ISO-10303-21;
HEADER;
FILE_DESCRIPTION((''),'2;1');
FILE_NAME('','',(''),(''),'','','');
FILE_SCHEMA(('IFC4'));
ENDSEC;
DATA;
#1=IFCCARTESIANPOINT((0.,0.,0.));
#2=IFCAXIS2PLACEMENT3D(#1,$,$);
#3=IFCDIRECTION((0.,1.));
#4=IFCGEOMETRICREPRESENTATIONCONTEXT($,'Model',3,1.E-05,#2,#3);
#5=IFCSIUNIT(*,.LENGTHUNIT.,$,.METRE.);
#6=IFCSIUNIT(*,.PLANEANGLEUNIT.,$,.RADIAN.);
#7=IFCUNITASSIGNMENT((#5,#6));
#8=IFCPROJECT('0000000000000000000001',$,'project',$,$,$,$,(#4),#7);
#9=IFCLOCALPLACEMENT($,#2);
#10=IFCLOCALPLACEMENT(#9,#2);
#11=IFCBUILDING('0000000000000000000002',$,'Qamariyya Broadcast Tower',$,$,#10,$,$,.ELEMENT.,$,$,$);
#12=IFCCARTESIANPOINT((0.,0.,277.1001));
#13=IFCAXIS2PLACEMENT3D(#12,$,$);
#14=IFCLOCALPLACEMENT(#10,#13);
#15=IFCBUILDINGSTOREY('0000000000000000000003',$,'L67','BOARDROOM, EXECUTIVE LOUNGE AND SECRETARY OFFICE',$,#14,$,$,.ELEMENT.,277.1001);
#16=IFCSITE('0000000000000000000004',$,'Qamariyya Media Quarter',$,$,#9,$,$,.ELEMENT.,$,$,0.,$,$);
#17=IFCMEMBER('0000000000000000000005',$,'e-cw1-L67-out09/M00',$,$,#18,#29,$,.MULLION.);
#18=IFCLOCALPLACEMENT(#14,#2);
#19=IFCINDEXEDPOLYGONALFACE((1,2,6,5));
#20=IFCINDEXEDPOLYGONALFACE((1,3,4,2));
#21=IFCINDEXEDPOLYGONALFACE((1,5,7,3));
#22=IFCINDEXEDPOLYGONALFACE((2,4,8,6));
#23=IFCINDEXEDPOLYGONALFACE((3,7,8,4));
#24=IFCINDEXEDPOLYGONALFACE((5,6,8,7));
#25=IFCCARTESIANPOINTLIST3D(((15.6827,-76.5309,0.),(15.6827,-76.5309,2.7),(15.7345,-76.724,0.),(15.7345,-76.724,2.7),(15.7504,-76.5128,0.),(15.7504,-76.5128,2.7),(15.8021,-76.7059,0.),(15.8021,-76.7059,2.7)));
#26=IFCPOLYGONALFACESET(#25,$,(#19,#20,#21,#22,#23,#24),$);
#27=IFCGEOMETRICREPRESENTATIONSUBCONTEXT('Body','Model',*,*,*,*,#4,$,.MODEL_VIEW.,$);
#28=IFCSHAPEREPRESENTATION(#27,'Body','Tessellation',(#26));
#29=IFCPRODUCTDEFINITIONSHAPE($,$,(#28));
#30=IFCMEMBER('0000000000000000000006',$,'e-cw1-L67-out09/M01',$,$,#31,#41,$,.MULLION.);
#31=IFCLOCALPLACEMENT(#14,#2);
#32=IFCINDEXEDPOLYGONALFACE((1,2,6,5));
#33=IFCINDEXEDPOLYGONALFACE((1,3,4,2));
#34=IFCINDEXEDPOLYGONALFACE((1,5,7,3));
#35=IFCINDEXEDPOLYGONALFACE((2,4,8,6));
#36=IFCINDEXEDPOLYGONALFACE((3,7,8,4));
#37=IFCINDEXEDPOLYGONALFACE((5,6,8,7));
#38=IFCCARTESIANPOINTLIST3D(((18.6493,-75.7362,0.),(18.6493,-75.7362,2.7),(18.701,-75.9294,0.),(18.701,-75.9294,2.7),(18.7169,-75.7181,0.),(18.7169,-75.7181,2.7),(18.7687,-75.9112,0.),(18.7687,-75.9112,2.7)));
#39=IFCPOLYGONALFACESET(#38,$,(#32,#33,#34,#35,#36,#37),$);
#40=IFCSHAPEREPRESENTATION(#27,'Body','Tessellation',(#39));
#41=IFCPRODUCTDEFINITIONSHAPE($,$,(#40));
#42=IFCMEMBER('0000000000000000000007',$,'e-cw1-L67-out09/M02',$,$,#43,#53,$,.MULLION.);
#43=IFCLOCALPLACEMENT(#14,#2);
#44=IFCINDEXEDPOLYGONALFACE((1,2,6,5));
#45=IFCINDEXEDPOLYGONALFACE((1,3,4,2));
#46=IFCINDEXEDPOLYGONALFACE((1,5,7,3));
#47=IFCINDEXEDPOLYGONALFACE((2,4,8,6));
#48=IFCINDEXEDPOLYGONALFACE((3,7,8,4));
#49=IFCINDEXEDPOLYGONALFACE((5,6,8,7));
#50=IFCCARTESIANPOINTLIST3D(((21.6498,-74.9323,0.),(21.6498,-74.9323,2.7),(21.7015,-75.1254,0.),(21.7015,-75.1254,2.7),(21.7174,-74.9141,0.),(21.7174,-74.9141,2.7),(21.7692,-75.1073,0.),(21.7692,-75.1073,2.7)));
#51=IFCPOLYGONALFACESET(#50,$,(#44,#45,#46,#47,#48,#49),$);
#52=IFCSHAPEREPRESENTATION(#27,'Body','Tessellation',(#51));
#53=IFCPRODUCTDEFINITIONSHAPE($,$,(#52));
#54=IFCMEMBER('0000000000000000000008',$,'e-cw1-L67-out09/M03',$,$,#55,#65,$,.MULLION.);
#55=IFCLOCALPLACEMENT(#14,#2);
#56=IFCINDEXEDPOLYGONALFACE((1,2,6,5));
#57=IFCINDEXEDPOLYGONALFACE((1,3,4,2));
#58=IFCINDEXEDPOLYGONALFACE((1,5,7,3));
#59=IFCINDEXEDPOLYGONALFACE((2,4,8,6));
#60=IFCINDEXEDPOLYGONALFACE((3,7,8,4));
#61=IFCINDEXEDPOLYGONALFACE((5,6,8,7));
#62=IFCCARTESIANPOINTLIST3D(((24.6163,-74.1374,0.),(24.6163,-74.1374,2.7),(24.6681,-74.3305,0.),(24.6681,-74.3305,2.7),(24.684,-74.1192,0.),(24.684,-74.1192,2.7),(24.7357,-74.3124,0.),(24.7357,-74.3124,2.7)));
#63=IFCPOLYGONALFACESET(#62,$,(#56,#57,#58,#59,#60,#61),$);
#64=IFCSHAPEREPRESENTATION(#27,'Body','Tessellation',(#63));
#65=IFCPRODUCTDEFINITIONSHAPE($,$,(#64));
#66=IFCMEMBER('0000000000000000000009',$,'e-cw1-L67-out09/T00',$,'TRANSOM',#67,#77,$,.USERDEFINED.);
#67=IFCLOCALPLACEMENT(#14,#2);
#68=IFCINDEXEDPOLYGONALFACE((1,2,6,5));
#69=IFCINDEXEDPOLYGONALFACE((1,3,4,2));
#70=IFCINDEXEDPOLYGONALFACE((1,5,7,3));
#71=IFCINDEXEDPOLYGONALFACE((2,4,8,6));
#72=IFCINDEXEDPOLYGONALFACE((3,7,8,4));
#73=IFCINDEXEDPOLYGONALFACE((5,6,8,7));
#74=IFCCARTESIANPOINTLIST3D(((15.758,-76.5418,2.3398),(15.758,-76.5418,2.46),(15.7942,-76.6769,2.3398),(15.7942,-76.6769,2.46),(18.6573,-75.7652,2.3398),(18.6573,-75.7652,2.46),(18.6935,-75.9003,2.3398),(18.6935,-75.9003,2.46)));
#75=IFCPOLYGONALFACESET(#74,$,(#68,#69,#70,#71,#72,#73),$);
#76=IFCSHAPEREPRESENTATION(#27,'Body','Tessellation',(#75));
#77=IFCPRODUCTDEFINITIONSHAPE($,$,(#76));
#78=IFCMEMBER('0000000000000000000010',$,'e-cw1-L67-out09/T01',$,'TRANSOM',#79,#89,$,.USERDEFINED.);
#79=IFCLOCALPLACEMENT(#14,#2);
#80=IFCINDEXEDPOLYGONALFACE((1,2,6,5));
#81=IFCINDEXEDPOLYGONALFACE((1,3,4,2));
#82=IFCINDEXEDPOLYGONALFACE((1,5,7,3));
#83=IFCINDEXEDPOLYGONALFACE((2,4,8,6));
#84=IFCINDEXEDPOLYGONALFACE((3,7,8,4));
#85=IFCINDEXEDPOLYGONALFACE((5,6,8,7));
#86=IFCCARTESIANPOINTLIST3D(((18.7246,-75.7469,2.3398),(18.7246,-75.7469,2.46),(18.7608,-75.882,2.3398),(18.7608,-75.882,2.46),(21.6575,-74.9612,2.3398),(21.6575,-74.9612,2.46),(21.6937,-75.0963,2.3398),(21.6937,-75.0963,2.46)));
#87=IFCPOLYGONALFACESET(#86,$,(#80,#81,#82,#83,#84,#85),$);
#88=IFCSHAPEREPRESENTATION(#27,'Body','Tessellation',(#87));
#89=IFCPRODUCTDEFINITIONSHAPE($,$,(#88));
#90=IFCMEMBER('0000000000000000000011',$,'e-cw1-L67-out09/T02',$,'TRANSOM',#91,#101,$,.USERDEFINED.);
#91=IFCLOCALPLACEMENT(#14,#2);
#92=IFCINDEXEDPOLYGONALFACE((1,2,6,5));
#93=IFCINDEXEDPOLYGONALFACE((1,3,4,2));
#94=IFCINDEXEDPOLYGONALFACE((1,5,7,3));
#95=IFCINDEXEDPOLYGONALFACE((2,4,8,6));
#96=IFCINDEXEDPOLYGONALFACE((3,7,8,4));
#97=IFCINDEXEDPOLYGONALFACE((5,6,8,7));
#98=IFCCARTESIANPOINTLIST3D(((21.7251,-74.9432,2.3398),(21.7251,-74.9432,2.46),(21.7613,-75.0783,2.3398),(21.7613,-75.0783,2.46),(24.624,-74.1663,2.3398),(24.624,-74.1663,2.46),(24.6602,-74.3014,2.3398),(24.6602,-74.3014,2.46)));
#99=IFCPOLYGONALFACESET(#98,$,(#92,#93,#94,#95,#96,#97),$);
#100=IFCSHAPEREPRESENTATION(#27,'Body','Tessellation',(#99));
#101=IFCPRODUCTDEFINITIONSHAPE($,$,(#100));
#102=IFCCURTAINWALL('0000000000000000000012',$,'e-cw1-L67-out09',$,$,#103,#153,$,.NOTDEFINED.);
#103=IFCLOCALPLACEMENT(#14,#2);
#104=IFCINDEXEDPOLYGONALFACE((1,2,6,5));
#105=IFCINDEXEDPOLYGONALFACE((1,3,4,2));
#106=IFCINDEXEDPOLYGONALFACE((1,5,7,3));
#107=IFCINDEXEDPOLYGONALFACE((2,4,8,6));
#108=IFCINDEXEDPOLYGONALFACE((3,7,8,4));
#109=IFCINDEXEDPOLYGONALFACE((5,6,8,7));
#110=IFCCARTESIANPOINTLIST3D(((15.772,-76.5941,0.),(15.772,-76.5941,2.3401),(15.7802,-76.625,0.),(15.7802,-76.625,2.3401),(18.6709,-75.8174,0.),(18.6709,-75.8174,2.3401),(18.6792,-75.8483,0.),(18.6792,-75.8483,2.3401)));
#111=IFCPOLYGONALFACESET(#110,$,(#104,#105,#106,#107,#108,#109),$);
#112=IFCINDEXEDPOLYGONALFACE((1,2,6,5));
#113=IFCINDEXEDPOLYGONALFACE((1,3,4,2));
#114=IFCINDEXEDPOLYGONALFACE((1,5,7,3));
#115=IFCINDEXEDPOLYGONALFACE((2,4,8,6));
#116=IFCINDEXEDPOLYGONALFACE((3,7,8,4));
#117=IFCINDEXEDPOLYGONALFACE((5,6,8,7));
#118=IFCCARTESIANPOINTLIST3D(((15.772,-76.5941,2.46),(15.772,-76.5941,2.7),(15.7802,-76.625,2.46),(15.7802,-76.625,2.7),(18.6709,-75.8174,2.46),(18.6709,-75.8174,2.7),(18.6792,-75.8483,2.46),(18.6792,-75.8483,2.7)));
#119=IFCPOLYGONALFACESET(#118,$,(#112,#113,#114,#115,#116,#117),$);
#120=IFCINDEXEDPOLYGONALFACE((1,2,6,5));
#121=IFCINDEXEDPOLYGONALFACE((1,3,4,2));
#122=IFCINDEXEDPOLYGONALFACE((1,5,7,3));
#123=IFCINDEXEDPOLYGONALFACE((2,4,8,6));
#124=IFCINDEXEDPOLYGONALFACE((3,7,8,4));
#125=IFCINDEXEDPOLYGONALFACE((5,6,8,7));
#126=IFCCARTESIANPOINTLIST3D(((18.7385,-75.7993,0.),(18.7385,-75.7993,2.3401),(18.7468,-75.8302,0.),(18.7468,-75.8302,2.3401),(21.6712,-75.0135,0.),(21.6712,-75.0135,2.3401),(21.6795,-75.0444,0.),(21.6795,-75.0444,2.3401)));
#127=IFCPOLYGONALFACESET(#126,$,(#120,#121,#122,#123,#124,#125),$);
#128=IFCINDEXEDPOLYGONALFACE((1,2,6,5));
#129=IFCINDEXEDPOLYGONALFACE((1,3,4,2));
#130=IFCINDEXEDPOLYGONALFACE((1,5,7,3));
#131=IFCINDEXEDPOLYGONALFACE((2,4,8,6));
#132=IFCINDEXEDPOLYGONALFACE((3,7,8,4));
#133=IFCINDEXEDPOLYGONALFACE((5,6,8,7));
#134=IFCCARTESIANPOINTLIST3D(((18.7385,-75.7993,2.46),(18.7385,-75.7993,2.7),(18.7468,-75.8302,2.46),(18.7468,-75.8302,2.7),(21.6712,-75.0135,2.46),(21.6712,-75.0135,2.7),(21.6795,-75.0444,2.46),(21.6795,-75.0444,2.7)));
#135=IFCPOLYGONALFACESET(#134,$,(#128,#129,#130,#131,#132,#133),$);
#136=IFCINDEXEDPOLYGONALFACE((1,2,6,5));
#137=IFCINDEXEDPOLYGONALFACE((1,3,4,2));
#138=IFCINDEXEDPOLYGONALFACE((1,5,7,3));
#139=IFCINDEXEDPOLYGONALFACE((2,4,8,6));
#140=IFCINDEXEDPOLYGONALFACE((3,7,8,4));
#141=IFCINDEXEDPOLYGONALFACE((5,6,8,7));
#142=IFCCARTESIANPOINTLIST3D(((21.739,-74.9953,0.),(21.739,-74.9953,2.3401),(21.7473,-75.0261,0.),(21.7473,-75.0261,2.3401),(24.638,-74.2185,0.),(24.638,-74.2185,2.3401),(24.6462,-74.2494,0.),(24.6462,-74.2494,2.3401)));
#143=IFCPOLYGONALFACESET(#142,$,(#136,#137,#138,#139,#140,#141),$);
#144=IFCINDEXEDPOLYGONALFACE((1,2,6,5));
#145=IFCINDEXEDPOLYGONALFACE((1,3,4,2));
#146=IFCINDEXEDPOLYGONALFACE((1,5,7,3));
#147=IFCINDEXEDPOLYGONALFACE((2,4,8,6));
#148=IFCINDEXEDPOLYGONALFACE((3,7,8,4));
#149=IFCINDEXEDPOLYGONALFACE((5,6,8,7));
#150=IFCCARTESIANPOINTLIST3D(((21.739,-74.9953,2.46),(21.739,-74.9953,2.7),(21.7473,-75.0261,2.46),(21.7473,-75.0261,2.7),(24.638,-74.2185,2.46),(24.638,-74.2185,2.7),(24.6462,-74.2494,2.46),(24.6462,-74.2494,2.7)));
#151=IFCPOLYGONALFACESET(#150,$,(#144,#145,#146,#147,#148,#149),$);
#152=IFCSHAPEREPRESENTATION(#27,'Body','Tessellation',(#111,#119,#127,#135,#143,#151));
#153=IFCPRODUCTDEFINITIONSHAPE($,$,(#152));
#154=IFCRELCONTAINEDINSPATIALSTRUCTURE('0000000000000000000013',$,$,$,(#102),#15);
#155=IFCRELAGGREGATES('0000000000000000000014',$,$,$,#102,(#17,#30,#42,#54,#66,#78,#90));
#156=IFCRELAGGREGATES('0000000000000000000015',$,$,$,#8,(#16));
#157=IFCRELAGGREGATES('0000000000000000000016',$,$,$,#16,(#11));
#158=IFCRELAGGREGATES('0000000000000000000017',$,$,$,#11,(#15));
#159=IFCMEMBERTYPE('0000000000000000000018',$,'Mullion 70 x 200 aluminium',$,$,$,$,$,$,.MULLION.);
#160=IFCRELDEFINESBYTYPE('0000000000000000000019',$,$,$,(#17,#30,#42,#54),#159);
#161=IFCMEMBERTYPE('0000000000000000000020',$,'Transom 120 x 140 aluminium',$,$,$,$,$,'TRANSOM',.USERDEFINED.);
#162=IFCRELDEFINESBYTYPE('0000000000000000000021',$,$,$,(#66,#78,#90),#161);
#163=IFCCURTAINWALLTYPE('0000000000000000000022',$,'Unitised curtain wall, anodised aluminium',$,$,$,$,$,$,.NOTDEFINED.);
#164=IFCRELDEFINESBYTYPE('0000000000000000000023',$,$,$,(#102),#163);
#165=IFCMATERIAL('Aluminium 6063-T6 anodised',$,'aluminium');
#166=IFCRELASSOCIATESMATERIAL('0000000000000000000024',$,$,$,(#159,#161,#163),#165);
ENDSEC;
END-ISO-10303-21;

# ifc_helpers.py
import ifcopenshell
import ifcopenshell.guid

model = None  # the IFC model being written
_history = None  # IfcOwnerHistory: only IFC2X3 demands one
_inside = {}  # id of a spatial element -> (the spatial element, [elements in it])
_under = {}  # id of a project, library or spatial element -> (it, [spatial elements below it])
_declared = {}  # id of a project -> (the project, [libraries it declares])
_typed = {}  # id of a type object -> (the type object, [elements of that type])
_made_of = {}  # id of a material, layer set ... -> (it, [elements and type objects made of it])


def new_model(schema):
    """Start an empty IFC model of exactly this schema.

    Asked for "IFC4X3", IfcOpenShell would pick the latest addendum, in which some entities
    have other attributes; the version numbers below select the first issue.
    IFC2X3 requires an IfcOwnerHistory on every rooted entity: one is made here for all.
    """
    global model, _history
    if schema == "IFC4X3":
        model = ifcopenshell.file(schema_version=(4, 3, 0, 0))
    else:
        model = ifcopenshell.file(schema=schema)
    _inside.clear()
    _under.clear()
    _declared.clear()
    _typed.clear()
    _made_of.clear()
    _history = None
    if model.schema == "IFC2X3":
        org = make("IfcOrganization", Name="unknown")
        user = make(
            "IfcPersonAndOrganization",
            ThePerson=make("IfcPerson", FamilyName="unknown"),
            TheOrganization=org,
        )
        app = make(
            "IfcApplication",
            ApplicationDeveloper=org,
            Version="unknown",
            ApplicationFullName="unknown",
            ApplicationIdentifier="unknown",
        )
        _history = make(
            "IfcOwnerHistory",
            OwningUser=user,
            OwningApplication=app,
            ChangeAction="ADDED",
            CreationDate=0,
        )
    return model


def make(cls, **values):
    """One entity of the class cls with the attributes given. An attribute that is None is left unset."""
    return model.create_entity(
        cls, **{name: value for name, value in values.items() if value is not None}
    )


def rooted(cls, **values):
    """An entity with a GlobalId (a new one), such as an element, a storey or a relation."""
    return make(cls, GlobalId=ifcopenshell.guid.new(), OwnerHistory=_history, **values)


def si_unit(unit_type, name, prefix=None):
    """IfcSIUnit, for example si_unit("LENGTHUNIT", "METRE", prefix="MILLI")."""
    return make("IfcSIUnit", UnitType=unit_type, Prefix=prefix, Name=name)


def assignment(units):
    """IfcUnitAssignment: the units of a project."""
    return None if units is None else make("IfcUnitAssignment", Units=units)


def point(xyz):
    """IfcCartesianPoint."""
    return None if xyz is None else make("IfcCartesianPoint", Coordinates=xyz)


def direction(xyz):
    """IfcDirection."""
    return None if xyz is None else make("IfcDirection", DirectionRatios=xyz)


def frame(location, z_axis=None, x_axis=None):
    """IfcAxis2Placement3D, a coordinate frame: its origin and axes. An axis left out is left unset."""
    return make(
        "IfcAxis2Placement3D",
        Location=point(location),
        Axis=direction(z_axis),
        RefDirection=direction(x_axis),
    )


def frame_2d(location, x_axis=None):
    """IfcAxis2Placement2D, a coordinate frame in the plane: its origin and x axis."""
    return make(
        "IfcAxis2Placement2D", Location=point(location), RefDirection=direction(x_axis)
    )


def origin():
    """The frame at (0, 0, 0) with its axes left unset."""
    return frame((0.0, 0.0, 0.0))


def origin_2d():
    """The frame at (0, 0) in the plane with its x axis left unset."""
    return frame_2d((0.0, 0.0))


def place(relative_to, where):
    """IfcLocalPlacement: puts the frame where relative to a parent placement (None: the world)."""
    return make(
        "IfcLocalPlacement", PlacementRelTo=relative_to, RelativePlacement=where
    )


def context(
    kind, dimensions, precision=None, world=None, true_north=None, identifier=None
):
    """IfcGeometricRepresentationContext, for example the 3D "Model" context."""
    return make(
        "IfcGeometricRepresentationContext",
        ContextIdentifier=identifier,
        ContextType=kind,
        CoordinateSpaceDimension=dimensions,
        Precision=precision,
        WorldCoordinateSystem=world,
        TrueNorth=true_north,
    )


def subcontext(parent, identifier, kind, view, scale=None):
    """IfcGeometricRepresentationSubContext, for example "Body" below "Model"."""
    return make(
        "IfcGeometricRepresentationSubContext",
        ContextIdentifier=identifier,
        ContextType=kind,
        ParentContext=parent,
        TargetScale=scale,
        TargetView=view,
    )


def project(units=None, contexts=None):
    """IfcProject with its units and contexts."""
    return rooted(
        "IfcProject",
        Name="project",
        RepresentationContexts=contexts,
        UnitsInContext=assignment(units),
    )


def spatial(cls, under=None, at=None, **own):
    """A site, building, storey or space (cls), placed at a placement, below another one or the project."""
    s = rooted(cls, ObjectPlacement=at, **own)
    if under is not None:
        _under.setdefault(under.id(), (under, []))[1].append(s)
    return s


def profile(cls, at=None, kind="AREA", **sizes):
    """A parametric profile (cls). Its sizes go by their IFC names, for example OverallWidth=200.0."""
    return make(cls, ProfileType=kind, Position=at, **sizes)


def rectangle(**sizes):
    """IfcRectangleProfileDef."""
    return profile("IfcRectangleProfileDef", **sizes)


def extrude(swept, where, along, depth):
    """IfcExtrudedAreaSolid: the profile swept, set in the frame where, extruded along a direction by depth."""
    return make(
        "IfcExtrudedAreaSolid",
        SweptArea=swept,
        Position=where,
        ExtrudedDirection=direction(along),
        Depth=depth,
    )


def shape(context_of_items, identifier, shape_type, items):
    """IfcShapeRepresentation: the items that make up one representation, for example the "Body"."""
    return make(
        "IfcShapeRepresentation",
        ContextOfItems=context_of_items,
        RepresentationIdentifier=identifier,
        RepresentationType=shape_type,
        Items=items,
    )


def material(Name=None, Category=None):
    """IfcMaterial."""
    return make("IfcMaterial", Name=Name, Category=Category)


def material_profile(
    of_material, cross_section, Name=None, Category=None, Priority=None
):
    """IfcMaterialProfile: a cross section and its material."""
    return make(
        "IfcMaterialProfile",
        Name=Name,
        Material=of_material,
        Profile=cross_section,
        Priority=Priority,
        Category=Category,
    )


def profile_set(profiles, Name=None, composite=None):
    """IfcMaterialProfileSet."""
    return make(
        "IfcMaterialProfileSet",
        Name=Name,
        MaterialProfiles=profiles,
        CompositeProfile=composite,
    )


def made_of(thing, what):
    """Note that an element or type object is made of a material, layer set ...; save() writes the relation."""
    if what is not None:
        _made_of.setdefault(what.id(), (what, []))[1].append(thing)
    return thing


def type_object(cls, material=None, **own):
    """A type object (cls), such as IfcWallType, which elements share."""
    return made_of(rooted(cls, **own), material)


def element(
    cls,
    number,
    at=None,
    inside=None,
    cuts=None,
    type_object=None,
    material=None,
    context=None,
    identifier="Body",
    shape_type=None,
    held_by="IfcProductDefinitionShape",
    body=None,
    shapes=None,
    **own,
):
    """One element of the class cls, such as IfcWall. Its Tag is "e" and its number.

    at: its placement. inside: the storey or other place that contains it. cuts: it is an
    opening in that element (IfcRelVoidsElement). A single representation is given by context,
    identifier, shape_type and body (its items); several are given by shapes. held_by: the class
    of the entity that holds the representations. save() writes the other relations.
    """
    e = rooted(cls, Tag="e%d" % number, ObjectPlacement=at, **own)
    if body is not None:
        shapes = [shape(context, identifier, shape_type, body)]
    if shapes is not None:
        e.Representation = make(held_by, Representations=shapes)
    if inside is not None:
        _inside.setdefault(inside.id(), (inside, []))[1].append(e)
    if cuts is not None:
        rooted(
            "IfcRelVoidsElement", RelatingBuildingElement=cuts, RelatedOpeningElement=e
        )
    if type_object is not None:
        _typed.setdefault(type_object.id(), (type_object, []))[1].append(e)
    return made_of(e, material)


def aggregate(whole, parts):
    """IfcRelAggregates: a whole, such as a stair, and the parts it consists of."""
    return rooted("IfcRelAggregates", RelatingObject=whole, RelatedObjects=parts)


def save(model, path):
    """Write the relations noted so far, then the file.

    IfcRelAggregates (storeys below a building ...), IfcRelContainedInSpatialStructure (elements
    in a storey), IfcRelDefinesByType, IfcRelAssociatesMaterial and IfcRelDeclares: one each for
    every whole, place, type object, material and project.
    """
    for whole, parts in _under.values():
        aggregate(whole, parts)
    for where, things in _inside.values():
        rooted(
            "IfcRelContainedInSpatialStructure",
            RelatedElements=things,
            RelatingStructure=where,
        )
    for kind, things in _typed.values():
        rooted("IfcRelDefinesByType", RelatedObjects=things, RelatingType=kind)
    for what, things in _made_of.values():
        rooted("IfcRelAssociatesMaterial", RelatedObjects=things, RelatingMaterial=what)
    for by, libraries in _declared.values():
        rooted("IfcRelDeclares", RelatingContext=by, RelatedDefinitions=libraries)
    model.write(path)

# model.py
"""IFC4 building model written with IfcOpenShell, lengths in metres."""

from ifc_helpers import new_model, si_unit, direction, frame, origin, origin_2d, place, context, subcontext, project, spatial, rectangle, extrude, material, material_profile, profile_set, type_object, element, aggregate, save


model = new_model("IFC4")

# Units and contexts
model_context = context("Model", 3, precision=1e-05, world=origin(), true_north=direction((0.0, 1.0)))
body_context = subcontext(model_context, "Body", "Model", "MODEL_VIEW")
ifc_project = project(units=[si_unit("LENGTHUNIT", "METRE"), si_unit("PLANEANGLEUNIT", "RADIAN")], contexts=[model_context])

# Members
ifc_material = material(Name="Aluminium 6063-T6 anodised", Category="aluminium")
ifc_material_profile_1 = material_profile(ifc_material, rectangle(XDim=0.2, YDim=0.0701, at=origin_2d()))
ifc_profile_set_1 = profile_set([ifc_material_profile_1], Name="Aluminium 6063-T6 anodised")
member_type_1 = type_object("IfcMemberType", Name="Mullion 70 x 200 aluminium", PredefinedType="MULLION", material=ifc_profile_set_1)
site_placement = place(None, origin())
building_placement = place(site_placement, origin())
storey_placement = place(building_placement, frame((0.0, 0.0, 277.1001)))
member_1_placement = place(storey_placement, frame((15.7424, -76.6184, 0.0), z_axis=(0.0, 0.0, 1.0), x_axis=(-0.258819, 0.965926, 0.0)))
member_1 = element("IfcMember", 1, at=member_1_placement, type_object=member_type_1, Name="e-cw1-L67-out09/M00", PredefinedType="MULLION", context=body_context, shape_type="SweptSolid", body=[
    extrude(rectangle(XDim=0.2, YDim=0.0701, at=origin_2d()), origin(), (0.0, 0.0, 1.0), 2.7),
])
member_2_placement = place(storey_placement, frame((18.709, -75.8237, 0.0), z_axis=(0.0, 0.0, 1.0), x_axis=(-0.258819, 0.965926, 0.0)))
member_2 = element("IfcMember", 2, at=member_2_placement, type_object=member_type_1, Name="e-cw1-L67-out09/M01", PredefinedType="MULLION", context=body_context, shape_type="SweptSolid", body=[
    extrude(rectangle(XDim=0.2, YDim=0.0701, at=origin_2d()), origin(), (0.0, 0.0, 1.0), 2.7),
])
member_3_placement = place(storey_placement, frame((21.7095, -75.0198, 0.0), z_axis=(0.0, 0.0, 1.0), x_axis=(-0.258819, 0.965926, 0.0)))
member_3 = element("IfcMember", 3, at=member_3_placement, type_object=member_type_1, Name="e-cw1-L67-out09/M02", PredefinedType="MULLION", context=body_context, shape_type="SweptSolid", body=[
    extrude(rectangle(XDim=0.2, YDim=0.0701, at=origin_2d()), origin(), (0.0, 0.0, 1.0), 2.7),
])
member_4_placement = place(storey_placement, frame((24.676, -74.2249, 0.0), z_axis=(0.0, 0.0, 1.0), x_axis=(-0.258819, 0.965926, 0.0)))
member_4 = element("IfcMember", 4, at=member_4_placement, type_object=member_type_1, Name="e-cw1-L67-out09/M03", PredefinedType="MULLION", context=body_context, shape_type="SweptSolid", body=[
    extrude(rectangle(XDim=0.2, YDim=0.0701, at=origin_2d()), origin(), (0.0, 0.0, 1.0), 2.7),
])
ifc_material_profile_2 = material_profile(ifc_material, rectangle(XDim=0.1399, YDim=0.1201, at=origin_2d()))
ifc_profile_set_2 = profile_set([ifc_material_profile_2], Name="Aluminium 6063-T6 anodised")
member_type_2 = type_object("IfcMemberType", Name="Transom 120 x 140 aluminium", ElementType="TRANSOM", PredefinedType="USERDEFINED", material=ifc_profile_set_2)
member_5_placement = place(storey_placement, frame((15.7761, -76.6094, 2.3999), z_axis=(0.965944, 0.258751, 0.0), x_axis=(-0.258751, 0.965944, 0.0)))
member_5 = element("IfcMember", 5, at=member_5_placement, type_object=member_type_2, Name="e-cw1-L67-out09/T00", ObjectType="TRANSOM", PredefinedType="USERDEFINED", context=body_context, shape_type="SweptSolid", body=[
    extrude(rectangle(XDim=0.1399, YDim=0.1201, at=origin_2d()), origin(), (0.0, 0.0, 1.0), 3.0015),
])
member_6_placement = place(storey_placement, frame((18.7427, -75.8145, 2.3999), z_axis=(0.965943, 0.258754, 0.0), x_axis=(-0.258754, 0.965943, 0.0)))
member_6 = element("IfcMember", 6, at=member_6_placement, type_object=member_type_2, Name="e-cw1-L67-out09/T01", ObjectType="TRANSOM", PredefinedType="USERDEFINED", context=body_context, shape_type="SweptSolid", body=[
    extrude(rectangle(XDim=0.1399, YDim=0.1201, at=origin_2d()), origin(), (0.0, 0.0, 1.0), 3.0364),
])
member_7_placement = place(storey_placement, frame((21.7432, -75.0107, 2.3999), z_axis=(0.965918, 0.258847, 0.0), x_axis=(-0.258847, 0.965918, 0.0)))
member_7 = element("IfcMember", 7, at=member_7_placement, type_object=member_type_2, Name="e-cw1-L67-out09/T02", ObjectType="TRANSOM", PredefinedType="USERDEFINED", context=body_context, shape_type="SweptSolid", body=[
    extrude(rectangle(XDim=0.1399, YDim=0.1201, at=origin_2d()), origin(), (0.0, 0.0, 1.0), 3.0012),
])

# Site, building, storey
site = spatial("IfcSite", under=ifc_project, at=site_placement, Name="Qamariyya Media Quarter", CompositionType="ELEMENT", RefElevation=0.0)
building = spatial("IfcBuilding", under=site, at=building_placement, Name="Qamariyya Broadcast Tower", CompositionType="ELEMENT")
storey = spatial("IfcBuildingStorey", under=building, at=storey_placement, Name="L67", Description="BOARDROOM, EXECUTIVE LOUNGE AND SECRETARY OFFICE", CompositionType="ELEMENT", Elevation=277.1001)

# Curtain wall
curtain_wall_type = type_object("IfcCurtainWallType", Name="Unitised curtain wall, anodised aluminium", PredefinedType="NOTDEFINED", material=ifc_material)
curtain_wall_1_placement = place(storey_placement, origin())
curtain_wall_1 = element("IfcCurtainWall", 8, at=curtain_wall_1_placement, inside=storey, type_object=curtain_wall_type, Name="e-cw1-L67-out09", PredefinedType="NOTDEFINED", context=body_context, shape_type="SweptSolid", body=[
    extrude(rectangle(XDim=3.0012, YDim=0.032, at=origin_2d()), frame((17.2256, -76.2212, 0.0), x_axis=(0.965926, 0.258819, 0.0)), (0.0, 0.0, 1.0), 2.3401),
    extrude(rectangle(XDim=3.0012, YDim=0.032, at=origin_2d()), frame((17.2256, -76.2212, 2.46), x_axis=(0.965926, 0.258819, 0.0)), (0.0, 0.0, 1.0), 0.24),
    extrude(rectangle(XDim=3.0361, YDim=0.032, at=origin_2d()), frame((20.209, -75.4219, 0.0), x_axis=(0.965926, 0.258819, 0.0)), (0.0, 0.0, 1.0), 2.3401),
    extrude(rectangle(XDim=3.0361, YDim=0.032, at=origin_2d()), frame((20.209, -75.4219, 2.46), x_axis=(0.965926, 0.258819, 0.0)), (0.0, 0.0, 1.0), 0.24),
    extrude(rectangle(XDim=3.0012, YDim=0.032, at=origin_2d()), frame((23.1926, -74.6223, 0.0), x_axis=(0.965926, 0.258819, 0.0)), (0.0, 0.0, 1.0), 2.3401),
    extrude(rectangle(XDim=3.0012, YDim=0.032, at=origin_2d()), frame((23.1926, -74.6223, 2.46), x_axis=(0.965926, 0.258819, 0.0)), (0.0, 0.0, 1.0), 0.24),
])
aggregate(curtain_wall_1, [member_1, member_2, member_3, member_4, member_5, member_6, member_7])

save(model, "model.ifc")
